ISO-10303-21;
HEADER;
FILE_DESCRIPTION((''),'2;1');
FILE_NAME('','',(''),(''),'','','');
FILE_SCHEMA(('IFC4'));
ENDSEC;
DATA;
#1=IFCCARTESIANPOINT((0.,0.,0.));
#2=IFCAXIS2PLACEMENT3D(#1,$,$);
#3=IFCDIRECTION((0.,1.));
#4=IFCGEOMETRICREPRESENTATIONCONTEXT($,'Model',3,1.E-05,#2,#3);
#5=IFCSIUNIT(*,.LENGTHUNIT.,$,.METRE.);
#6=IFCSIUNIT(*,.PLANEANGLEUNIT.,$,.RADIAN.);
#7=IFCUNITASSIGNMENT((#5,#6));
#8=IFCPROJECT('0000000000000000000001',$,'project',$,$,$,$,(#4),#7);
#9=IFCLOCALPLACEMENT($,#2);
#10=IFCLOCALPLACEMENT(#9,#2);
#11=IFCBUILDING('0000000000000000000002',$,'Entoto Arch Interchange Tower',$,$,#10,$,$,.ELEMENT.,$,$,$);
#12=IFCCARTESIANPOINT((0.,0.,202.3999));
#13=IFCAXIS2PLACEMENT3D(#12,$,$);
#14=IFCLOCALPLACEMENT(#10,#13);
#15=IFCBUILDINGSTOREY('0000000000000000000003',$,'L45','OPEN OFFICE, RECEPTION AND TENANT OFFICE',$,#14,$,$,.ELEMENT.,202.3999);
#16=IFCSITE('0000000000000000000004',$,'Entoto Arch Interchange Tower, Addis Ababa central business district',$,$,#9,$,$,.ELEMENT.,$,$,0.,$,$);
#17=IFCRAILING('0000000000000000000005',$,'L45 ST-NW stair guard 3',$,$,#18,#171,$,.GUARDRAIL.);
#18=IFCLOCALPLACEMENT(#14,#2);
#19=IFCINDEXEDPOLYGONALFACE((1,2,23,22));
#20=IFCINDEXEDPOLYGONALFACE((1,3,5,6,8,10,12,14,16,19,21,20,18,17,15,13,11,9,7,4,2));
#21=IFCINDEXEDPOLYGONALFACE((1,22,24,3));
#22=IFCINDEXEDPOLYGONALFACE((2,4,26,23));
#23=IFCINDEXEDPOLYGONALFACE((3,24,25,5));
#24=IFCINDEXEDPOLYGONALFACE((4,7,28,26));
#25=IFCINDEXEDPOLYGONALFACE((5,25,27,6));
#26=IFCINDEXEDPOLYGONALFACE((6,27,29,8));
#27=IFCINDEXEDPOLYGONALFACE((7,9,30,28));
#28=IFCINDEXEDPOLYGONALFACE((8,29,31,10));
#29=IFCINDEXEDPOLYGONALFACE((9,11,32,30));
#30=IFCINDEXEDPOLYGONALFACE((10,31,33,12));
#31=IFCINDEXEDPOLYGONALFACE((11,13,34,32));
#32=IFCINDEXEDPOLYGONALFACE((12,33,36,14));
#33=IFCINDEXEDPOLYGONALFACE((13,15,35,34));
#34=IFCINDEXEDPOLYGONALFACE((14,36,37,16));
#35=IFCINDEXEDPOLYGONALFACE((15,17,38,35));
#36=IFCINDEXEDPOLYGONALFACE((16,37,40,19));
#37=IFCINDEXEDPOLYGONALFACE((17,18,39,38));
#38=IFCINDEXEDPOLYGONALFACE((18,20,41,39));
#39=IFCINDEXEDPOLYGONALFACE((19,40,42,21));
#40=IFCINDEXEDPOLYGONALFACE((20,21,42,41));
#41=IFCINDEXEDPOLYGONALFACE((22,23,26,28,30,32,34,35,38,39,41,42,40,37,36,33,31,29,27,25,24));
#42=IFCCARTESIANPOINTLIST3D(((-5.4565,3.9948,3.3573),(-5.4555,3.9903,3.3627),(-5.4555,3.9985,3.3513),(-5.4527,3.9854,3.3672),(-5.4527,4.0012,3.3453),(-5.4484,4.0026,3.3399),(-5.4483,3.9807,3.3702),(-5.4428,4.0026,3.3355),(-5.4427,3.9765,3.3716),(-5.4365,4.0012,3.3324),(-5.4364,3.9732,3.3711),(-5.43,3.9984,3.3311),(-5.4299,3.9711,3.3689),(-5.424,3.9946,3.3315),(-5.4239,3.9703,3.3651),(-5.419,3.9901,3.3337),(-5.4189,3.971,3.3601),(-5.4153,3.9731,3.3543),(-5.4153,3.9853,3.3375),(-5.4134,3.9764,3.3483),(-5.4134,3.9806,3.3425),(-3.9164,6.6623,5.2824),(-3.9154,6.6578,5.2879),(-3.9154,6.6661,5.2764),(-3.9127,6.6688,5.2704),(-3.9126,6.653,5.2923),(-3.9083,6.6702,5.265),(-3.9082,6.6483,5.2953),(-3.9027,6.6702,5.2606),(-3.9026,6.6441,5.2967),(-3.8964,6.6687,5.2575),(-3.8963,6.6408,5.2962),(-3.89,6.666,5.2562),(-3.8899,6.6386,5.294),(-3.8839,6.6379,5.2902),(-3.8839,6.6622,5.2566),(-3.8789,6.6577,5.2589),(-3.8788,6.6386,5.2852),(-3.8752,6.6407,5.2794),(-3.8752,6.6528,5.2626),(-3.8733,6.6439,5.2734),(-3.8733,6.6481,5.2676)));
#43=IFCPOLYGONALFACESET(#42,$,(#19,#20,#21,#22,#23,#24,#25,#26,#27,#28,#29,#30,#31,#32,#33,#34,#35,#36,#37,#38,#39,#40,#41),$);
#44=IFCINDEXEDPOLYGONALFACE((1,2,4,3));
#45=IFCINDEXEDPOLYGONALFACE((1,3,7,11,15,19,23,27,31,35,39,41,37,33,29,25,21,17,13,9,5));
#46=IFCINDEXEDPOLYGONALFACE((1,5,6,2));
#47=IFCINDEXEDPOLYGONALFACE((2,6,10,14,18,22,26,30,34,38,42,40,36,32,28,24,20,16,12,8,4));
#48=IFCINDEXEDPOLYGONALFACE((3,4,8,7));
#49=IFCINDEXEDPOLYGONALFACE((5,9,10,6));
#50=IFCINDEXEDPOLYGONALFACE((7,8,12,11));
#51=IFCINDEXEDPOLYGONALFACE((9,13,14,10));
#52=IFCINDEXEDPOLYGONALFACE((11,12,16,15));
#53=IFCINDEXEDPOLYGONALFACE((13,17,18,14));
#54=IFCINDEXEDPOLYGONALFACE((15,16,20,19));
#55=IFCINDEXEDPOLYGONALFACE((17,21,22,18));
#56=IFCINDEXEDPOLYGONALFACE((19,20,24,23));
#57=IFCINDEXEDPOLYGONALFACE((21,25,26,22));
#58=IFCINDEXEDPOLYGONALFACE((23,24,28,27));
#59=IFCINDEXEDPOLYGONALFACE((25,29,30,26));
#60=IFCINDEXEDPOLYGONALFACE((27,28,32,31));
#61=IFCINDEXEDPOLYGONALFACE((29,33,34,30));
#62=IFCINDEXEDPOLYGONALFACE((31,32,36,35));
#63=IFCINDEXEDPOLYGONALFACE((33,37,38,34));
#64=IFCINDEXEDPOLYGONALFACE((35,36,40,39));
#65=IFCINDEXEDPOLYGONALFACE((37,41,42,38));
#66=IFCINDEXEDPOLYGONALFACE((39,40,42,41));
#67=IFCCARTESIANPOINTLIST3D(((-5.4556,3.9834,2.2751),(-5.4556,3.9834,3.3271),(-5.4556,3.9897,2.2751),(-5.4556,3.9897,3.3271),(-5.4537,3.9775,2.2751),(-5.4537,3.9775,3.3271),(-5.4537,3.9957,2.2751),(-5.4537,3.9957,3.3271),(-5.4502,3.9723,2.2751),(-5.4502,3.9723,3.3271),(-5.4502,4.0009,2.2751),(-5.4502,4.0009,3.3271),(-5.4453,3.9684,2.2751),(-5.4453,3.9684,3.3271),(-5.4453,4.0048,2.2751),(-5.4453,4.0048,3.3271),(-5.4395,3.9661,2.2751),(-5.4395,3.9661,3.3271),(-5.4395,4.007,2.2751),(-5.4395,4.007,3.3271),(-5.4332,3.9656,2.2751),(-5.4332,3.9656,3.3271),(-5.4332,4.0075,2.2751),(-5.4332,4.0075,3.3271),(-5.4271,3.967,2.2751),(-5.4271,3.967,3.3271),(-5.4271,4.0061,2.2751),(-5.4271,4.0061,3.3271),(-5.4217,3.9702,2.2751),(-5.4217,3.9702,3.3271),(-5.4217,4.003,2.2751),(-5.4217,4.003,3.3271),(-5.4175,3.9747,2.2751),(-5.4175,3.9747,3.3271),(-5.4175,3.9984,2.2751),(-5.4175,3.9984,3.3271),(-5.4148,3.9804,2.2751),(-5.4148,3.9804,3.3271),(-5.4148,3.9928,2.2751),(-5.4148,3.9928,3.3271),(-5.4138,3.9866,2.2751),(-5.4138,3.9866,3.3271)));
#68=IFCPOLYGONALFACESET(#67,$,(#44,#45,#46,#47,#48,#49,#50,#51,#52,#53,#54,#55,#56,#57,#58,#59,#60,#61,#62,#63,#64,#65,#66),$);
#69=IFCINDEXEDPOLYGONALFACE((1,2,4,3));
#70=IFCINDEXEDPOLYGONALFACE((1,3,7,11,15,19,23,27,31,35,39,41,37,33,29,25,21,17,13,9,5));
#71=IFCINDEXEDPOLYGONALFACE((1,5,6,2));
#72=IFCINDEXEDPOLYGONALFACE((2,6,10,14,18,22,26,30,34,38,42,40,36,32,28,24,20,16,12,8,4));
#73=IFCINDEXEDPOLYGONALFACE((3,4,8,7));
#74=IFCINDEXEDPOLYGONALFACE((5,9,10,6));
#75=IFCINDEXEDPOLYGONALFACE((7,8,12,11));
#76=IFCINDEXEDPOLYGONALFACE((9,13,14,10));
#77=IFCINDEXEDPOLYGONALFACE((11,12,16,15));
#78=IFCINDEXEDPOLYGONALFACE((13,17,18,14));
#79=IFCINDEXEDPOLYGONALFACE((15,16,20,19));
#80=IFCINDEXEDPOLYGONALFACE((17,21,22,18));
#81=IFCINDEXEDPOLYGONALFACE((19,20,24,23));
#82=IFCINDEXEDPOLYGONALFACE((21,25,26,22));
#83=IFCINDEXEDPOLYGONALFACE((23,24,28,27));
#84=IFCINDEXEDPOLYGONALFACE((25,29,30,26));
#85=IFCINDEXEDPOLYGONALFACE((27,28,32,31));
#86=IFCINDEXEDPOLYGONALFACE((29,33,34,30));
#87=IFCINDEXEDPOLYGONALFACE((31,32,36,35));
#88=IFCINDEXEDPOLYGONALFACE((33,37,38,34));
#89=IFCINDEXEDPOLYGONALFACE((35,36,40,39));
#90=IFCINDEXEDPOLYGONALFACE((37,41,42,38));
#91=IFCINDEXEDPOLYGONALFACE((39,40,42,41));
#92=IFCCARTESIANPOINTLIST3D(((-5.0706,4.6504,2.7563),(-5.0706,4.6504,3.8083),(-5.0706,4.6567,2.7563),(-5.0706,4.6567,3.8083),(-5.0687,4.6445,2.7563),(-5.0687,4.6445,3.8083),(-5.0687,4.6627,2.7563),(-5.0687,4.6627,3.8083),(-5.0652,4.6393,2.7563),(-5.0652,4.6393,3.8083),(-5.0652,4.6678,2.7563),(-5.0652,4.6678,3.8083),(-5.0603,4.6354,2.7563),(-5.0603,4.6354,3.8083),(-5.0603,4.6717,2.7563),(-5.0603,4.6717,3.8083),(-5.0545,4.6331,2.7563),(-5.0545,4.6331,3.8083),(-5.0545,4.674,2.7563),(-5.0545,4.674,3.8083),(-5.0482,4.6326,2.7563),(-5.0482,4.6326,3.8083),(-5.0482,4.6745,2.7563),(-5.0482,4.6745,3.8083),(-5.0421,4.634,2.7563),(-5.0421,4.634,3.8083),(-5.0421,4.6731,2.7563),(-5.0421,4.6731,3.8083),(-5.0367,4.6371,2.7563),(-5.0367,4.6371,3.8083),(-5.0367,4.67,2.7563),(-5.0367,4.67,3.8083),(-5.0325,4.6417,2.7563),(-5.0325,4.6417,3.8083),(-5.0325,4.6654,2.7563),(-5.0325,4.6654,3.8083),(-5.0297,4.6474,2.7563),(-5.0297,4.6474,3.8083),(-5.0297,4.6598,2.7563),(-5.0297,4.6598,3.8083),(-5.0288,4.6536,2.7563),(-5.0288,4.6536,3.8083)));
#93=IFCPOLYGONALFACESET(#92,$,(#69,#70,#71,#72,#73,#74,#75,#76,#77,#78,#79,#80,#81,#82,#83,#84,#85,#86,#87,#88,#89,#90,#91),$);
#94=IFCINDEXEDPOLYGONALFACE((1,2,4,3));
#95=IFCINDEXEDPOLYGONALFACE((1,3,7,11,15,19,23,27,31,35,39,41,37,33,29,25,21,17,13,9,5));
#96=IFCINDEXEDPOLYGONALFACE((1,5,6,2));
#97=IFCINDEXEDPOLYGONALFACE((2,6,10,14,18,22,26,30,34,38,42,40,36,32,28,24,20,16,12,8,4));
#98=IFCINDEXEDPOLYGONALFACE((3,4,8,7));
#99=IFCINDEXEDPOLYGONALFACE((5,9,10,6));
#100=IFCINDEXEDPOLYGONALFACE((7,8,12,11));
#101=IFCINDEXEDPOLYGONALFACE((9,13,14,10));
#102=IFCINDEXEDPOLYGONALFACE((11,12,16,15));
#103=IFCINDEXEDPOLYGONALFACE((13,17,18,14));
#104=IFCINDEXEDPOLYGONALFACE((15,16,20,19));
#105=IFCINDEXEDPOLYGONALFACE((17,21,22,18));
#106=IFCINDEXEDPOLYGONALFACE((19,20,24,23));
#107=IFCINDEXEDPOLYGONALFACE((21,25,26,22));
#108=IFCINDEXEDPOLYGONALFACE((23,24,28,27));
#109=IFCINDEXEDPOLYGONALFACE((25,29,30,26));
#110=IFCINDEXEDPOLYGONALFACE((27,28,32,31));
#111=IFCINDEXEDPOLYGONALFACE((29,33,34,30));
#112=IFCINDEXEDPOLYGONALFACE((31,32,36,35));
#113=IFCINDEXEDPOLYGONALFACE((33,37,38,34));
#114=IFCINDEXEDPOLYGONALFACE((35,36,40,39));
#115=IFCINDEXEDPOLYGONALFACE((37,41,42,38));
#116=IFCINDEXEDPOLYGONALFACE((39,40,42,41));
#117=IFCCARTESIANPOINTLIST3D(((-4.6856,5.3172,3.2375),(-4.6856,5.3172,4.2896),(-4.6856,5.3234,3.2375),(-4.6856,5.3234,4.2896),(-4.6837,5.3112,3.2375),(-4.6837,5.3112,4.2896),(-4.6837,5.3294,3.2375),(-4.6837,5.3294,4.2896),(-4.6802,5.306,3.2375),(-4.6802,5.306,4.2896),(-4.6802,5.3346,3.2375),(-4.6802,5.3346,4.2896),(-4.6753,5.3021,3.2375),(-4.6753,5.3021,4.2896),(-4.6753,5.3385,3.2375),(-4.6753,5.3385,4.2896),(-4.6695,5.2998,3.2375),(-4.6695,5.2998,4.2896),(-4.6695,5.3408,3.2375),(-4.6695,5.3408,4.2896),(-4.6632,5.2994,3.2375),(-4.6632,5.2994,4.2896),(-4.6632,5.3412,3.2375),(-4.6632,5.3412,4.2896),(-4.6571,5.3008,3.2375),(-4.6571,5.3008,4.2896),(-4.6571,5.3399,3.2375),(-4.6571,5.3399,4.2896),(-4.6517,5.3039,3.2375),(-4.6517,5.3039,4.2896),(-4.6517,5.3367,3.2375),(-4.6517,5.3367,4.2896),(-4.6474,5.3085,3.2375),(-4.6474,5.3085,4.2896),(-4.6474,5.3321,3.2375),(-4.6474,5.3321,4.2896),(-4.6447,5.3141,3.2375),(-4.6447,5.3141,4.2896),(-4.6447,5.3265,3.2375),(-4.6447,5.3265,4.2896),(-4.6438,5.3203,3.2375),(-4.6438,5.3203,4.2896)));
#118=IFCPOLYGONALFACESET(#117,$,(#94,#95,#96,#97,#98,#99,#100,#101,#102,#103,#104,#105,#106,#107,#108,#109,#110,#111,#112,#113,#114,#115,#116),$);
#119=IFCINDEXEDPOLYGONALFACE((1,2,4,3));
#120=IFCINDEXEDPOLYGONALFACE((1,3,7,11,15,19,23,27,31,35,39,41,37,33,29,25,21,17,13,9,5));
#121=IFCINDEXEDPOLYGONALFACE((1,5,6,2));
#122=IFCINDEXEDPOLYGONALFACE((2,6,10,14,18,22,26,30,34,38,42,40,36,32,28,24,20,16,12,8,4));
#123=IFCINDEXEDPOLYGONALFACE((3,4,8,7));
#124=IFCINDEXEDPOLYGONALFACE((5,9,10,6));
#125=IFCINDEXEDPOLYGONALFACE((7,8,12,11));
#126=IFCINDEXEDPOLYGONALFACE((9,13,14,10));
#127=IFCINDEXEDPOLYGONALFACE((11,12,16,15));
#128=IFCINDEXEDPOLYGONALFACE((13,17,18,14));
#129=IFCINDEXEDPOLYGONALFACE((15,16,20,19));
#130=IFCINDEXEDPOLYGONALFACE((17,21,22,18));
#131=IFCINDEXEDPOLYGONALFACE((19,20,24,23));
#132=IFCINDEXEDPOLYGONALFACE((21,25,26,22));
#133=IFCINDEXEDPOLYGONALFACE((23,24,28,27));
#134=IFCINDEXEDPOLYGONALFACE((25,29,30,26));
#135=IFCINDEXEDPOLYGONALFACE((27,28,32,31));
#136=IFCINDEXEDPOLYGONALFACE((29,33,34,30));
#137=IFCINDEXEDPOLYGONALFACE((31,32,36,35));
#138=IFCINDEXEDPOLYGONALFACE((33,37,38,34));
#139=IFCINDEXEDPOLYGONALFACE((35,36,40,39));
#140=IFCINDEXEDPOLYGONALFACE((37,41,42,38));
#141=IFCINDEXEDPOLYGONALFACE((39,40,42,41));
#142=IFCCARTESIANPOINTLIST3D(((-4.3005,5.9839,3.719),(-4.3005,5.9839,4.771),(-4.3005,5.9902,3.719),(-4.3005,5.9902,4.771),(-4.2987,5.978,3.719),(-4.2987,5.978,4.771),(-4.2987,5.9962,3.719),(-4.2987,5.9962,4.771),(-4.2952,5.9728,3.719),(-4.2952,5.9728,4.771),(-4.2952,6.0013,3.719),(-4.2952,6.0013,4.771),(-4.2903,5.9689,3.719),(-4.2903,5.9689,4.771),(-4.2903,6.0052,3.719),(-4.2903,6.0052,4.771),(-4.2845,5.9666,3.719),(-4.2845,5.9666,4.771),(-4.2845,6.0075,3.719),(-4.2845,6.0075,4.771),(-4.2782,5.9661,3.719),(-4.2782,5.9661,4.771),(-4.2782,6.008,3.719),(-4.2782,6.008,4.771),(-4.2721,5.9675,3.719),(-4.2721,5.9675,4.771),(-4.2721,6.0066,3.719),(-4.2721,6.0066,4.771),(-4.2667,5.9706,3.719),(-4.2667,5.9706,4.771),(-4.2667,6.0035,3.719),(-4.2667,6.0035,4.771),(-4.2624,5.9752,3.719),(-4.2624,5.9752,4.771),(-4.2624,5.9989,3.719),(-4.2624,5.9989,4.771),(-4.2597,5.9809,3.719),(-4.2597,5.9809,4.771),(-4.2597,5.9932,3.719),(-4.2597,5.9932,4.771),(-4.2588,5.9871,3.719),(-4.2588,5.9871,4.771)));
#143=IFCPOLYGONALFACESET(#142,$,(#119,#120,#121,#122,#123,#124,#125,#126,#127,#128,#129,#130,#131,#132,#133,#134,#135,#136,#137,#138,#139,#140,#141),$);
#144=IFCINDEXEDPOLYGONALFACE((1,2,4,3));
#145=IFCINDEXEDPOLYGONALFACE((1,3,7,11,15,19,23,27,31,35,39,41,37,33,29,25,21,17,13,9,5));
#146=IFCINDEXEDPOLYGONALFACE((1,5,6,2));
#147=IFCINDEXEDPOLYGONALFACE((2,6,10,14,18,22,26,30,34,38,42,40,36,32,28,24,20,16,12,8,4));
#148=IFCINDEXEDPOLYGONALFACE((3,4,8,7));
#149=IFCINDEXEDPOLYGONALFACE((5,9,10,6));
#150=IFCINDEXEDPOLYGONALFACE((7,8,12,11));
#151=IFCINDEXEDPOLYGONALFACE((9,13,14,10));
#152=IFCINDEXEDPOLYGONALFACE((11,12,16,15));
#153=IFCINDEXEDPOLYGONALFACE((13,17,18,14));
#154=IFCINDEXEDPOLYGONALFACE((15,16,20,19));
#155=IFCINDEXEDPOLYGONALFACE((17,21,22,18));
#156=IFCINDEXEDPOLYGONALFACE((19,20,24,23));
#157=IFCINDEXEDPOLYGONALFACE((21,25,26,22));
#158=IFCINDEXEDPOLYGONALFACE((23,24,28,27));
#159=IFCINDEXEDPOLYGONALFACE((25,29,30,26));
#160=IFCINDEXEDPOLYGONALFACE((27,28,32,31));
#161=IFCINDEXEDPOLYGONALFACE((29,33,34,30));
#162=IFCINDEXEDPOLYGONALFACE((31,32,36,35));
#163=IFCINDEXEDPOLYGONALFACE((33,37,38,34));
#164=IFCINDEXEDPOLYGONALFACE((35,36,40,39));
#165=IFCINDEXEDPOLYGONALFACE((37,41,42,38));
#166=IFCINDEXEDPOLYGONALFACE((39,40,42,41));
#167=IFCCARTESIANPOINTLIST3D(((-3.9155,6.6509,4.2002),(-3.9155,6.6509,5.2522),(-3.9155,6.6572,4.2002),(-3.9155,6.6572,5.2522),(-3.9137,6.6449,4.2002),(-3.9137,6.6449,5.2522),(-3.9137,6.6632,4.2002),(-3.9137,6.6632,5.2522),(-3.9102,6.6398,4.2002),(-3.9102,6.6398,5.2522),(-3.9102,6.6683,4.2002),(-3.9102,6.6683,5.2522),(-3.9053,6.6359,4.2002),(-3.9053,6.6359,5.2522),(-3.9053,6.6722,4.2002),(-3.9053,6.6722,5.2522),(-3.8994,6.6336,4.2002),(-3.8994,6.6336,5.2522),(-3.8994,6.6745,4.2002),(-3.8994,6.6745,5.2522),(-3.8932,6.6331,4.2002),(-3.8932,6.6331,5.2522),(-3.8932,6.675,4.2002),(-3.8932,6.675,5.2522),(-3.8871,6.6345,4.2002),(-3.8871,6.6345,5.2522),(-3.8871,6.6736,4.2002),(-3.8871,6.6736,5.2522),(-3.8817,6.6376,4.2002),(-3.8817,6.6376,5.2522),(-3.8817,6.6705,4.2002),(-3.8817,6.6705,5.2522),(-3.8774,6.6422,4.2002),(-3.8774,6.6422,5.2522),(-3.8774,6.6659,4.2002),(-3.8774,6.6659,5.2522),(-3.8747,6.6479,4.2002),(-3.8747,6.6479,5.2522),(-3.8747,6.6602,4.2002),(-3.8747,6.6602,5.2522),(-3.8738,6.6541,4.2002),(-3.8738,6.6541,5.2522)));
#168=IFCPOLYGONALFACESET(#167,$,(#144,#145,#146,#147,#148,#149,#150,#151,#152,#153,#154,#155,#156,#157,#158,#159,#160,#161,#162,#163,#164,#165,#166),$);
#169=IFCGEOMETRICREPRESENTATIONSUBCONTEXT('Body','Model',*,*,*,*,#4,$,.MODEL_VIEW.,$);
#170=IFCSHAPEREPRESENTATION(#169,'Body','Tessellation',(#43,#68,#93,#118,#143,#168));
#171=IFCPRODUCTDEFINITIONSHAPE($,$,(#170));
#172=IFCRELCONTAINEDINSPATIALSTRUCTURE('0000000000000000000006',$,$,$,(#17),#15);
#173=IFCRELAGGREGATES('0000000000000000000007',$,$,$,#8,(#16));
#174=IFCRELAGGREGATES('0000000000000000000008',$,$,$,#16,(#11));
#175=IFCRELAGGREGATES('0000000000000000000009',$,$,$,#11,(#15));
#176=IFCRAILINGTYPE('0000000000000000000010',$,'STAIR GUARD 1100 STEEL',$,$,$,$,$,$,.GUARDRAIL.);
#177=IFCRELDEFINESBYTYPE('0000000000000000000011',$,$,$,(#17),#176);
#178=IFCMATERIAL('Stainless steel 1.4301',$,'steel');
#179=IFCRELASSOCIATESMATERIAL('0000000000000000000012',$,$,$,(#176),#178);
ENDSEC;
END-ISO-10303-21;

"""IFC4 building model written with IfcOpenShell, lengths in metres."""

from ifc_helpers import new_model, si_unit, direction, frame, origin, origin_2d, place, context, subcontext, project, spatial, circle, extrude, material, type_object, element, save


model = new_model("IFC4")

# Units and contexts
model_context = context("Model", 3, precision=1e-05, world=origin(), true_north=direction((0.0, 1.0)))
body_context = subcontext(model_context, "Body", "Model", "MODEL_VIEW")
ifc_project = project(units=[si_unit("LENGTHUNIT", "METRE"), si_unit("PLANEANGLEUNIT", "RADIAN")], contexts=[model_context])

# Site, building, storey
site_placement = place(None, origin())
site = spatial("IfcSite", under=ifc_project, at=site_placement, Name="Entoto Arch Interchange Tower, Addis Ababa central business district", CompositionType="ELEMENT", RefElevation=0.0)
building_placement = place(site_placement, origin())
building = spatial("IfcBuilding", under=site, at=building_placement, Name="Entoto Arch Interchange Tower", CompositionType="ELEMENT")
storey_placement = place(building_placement, frame((0.0, 0.0, 202.3999)))
storey = spatial("IfcBuildingStorey", under=building, at=storey_placement, Name="L45", Description="OPEN OFFICE, RECEPTION AND TENANT OFFICE", CompositionType="ELEMENT", Elevation=202.3999)

# Railing
ifc_material_1 = material(Name="Stainless steel 1.4301", Category="steel")
railing_type_1 = type_object("IfcRailingType", Name="STAIR GUARD 1100 STEEL", PredefinedType="GUARDRAIL", material=ifc_material_1)
railing_1_placement = place(storey_placement, frame((-5.4348, 3.9866, 2.2751)))
element("IfcRailing", 1, at=railing_1_placement, inside=storey, type_object=railing_type_1, Name="L45 ST-NW stair guard 3", PredefinedType="GUARDRAIL", context=body_context, shape_type="SweptSolid", body=[
    extrude(circle(Radius=0.0239, at=origin_2d()), frame((0.0, 0.0, 1.0762), z_axis=(0.423994, 0.734395, 0.529993), x_axis=(-0.86603, 0.499992, 0.0)), (0.0, 0.0, 1.0), 3.6323),
    extrude(circle(Radius=0.021, at=origin_2d()), origin(), (0.0, 0.0, 1.0), 1.052),
    extrude(circle(Radius=0.021, at=origin_2d()), frame((0.385, 0.667, 0.4812)), (0.0, 0.0, 1.0), 1.052),
    extrude(circle(Radius=0.021, at=origin_2d()), frame((0.77, 1.3337, 0.9624)), (0.0, 0.0, 1.0), 1.052),
    extrude(circle(Radius=0.021, at=origin_2d()), frame((1.155, 2.0005, 1.4438)), (0.0, 0.0, 1.0), 1.052),
    extrude(circle(Radius=0.021, at=origin_2d()), frame((1.54, 2.6675, 1.925)), (0.0, 0.0, 1.0), 1.052),
])

save(model, "model.ifc")
